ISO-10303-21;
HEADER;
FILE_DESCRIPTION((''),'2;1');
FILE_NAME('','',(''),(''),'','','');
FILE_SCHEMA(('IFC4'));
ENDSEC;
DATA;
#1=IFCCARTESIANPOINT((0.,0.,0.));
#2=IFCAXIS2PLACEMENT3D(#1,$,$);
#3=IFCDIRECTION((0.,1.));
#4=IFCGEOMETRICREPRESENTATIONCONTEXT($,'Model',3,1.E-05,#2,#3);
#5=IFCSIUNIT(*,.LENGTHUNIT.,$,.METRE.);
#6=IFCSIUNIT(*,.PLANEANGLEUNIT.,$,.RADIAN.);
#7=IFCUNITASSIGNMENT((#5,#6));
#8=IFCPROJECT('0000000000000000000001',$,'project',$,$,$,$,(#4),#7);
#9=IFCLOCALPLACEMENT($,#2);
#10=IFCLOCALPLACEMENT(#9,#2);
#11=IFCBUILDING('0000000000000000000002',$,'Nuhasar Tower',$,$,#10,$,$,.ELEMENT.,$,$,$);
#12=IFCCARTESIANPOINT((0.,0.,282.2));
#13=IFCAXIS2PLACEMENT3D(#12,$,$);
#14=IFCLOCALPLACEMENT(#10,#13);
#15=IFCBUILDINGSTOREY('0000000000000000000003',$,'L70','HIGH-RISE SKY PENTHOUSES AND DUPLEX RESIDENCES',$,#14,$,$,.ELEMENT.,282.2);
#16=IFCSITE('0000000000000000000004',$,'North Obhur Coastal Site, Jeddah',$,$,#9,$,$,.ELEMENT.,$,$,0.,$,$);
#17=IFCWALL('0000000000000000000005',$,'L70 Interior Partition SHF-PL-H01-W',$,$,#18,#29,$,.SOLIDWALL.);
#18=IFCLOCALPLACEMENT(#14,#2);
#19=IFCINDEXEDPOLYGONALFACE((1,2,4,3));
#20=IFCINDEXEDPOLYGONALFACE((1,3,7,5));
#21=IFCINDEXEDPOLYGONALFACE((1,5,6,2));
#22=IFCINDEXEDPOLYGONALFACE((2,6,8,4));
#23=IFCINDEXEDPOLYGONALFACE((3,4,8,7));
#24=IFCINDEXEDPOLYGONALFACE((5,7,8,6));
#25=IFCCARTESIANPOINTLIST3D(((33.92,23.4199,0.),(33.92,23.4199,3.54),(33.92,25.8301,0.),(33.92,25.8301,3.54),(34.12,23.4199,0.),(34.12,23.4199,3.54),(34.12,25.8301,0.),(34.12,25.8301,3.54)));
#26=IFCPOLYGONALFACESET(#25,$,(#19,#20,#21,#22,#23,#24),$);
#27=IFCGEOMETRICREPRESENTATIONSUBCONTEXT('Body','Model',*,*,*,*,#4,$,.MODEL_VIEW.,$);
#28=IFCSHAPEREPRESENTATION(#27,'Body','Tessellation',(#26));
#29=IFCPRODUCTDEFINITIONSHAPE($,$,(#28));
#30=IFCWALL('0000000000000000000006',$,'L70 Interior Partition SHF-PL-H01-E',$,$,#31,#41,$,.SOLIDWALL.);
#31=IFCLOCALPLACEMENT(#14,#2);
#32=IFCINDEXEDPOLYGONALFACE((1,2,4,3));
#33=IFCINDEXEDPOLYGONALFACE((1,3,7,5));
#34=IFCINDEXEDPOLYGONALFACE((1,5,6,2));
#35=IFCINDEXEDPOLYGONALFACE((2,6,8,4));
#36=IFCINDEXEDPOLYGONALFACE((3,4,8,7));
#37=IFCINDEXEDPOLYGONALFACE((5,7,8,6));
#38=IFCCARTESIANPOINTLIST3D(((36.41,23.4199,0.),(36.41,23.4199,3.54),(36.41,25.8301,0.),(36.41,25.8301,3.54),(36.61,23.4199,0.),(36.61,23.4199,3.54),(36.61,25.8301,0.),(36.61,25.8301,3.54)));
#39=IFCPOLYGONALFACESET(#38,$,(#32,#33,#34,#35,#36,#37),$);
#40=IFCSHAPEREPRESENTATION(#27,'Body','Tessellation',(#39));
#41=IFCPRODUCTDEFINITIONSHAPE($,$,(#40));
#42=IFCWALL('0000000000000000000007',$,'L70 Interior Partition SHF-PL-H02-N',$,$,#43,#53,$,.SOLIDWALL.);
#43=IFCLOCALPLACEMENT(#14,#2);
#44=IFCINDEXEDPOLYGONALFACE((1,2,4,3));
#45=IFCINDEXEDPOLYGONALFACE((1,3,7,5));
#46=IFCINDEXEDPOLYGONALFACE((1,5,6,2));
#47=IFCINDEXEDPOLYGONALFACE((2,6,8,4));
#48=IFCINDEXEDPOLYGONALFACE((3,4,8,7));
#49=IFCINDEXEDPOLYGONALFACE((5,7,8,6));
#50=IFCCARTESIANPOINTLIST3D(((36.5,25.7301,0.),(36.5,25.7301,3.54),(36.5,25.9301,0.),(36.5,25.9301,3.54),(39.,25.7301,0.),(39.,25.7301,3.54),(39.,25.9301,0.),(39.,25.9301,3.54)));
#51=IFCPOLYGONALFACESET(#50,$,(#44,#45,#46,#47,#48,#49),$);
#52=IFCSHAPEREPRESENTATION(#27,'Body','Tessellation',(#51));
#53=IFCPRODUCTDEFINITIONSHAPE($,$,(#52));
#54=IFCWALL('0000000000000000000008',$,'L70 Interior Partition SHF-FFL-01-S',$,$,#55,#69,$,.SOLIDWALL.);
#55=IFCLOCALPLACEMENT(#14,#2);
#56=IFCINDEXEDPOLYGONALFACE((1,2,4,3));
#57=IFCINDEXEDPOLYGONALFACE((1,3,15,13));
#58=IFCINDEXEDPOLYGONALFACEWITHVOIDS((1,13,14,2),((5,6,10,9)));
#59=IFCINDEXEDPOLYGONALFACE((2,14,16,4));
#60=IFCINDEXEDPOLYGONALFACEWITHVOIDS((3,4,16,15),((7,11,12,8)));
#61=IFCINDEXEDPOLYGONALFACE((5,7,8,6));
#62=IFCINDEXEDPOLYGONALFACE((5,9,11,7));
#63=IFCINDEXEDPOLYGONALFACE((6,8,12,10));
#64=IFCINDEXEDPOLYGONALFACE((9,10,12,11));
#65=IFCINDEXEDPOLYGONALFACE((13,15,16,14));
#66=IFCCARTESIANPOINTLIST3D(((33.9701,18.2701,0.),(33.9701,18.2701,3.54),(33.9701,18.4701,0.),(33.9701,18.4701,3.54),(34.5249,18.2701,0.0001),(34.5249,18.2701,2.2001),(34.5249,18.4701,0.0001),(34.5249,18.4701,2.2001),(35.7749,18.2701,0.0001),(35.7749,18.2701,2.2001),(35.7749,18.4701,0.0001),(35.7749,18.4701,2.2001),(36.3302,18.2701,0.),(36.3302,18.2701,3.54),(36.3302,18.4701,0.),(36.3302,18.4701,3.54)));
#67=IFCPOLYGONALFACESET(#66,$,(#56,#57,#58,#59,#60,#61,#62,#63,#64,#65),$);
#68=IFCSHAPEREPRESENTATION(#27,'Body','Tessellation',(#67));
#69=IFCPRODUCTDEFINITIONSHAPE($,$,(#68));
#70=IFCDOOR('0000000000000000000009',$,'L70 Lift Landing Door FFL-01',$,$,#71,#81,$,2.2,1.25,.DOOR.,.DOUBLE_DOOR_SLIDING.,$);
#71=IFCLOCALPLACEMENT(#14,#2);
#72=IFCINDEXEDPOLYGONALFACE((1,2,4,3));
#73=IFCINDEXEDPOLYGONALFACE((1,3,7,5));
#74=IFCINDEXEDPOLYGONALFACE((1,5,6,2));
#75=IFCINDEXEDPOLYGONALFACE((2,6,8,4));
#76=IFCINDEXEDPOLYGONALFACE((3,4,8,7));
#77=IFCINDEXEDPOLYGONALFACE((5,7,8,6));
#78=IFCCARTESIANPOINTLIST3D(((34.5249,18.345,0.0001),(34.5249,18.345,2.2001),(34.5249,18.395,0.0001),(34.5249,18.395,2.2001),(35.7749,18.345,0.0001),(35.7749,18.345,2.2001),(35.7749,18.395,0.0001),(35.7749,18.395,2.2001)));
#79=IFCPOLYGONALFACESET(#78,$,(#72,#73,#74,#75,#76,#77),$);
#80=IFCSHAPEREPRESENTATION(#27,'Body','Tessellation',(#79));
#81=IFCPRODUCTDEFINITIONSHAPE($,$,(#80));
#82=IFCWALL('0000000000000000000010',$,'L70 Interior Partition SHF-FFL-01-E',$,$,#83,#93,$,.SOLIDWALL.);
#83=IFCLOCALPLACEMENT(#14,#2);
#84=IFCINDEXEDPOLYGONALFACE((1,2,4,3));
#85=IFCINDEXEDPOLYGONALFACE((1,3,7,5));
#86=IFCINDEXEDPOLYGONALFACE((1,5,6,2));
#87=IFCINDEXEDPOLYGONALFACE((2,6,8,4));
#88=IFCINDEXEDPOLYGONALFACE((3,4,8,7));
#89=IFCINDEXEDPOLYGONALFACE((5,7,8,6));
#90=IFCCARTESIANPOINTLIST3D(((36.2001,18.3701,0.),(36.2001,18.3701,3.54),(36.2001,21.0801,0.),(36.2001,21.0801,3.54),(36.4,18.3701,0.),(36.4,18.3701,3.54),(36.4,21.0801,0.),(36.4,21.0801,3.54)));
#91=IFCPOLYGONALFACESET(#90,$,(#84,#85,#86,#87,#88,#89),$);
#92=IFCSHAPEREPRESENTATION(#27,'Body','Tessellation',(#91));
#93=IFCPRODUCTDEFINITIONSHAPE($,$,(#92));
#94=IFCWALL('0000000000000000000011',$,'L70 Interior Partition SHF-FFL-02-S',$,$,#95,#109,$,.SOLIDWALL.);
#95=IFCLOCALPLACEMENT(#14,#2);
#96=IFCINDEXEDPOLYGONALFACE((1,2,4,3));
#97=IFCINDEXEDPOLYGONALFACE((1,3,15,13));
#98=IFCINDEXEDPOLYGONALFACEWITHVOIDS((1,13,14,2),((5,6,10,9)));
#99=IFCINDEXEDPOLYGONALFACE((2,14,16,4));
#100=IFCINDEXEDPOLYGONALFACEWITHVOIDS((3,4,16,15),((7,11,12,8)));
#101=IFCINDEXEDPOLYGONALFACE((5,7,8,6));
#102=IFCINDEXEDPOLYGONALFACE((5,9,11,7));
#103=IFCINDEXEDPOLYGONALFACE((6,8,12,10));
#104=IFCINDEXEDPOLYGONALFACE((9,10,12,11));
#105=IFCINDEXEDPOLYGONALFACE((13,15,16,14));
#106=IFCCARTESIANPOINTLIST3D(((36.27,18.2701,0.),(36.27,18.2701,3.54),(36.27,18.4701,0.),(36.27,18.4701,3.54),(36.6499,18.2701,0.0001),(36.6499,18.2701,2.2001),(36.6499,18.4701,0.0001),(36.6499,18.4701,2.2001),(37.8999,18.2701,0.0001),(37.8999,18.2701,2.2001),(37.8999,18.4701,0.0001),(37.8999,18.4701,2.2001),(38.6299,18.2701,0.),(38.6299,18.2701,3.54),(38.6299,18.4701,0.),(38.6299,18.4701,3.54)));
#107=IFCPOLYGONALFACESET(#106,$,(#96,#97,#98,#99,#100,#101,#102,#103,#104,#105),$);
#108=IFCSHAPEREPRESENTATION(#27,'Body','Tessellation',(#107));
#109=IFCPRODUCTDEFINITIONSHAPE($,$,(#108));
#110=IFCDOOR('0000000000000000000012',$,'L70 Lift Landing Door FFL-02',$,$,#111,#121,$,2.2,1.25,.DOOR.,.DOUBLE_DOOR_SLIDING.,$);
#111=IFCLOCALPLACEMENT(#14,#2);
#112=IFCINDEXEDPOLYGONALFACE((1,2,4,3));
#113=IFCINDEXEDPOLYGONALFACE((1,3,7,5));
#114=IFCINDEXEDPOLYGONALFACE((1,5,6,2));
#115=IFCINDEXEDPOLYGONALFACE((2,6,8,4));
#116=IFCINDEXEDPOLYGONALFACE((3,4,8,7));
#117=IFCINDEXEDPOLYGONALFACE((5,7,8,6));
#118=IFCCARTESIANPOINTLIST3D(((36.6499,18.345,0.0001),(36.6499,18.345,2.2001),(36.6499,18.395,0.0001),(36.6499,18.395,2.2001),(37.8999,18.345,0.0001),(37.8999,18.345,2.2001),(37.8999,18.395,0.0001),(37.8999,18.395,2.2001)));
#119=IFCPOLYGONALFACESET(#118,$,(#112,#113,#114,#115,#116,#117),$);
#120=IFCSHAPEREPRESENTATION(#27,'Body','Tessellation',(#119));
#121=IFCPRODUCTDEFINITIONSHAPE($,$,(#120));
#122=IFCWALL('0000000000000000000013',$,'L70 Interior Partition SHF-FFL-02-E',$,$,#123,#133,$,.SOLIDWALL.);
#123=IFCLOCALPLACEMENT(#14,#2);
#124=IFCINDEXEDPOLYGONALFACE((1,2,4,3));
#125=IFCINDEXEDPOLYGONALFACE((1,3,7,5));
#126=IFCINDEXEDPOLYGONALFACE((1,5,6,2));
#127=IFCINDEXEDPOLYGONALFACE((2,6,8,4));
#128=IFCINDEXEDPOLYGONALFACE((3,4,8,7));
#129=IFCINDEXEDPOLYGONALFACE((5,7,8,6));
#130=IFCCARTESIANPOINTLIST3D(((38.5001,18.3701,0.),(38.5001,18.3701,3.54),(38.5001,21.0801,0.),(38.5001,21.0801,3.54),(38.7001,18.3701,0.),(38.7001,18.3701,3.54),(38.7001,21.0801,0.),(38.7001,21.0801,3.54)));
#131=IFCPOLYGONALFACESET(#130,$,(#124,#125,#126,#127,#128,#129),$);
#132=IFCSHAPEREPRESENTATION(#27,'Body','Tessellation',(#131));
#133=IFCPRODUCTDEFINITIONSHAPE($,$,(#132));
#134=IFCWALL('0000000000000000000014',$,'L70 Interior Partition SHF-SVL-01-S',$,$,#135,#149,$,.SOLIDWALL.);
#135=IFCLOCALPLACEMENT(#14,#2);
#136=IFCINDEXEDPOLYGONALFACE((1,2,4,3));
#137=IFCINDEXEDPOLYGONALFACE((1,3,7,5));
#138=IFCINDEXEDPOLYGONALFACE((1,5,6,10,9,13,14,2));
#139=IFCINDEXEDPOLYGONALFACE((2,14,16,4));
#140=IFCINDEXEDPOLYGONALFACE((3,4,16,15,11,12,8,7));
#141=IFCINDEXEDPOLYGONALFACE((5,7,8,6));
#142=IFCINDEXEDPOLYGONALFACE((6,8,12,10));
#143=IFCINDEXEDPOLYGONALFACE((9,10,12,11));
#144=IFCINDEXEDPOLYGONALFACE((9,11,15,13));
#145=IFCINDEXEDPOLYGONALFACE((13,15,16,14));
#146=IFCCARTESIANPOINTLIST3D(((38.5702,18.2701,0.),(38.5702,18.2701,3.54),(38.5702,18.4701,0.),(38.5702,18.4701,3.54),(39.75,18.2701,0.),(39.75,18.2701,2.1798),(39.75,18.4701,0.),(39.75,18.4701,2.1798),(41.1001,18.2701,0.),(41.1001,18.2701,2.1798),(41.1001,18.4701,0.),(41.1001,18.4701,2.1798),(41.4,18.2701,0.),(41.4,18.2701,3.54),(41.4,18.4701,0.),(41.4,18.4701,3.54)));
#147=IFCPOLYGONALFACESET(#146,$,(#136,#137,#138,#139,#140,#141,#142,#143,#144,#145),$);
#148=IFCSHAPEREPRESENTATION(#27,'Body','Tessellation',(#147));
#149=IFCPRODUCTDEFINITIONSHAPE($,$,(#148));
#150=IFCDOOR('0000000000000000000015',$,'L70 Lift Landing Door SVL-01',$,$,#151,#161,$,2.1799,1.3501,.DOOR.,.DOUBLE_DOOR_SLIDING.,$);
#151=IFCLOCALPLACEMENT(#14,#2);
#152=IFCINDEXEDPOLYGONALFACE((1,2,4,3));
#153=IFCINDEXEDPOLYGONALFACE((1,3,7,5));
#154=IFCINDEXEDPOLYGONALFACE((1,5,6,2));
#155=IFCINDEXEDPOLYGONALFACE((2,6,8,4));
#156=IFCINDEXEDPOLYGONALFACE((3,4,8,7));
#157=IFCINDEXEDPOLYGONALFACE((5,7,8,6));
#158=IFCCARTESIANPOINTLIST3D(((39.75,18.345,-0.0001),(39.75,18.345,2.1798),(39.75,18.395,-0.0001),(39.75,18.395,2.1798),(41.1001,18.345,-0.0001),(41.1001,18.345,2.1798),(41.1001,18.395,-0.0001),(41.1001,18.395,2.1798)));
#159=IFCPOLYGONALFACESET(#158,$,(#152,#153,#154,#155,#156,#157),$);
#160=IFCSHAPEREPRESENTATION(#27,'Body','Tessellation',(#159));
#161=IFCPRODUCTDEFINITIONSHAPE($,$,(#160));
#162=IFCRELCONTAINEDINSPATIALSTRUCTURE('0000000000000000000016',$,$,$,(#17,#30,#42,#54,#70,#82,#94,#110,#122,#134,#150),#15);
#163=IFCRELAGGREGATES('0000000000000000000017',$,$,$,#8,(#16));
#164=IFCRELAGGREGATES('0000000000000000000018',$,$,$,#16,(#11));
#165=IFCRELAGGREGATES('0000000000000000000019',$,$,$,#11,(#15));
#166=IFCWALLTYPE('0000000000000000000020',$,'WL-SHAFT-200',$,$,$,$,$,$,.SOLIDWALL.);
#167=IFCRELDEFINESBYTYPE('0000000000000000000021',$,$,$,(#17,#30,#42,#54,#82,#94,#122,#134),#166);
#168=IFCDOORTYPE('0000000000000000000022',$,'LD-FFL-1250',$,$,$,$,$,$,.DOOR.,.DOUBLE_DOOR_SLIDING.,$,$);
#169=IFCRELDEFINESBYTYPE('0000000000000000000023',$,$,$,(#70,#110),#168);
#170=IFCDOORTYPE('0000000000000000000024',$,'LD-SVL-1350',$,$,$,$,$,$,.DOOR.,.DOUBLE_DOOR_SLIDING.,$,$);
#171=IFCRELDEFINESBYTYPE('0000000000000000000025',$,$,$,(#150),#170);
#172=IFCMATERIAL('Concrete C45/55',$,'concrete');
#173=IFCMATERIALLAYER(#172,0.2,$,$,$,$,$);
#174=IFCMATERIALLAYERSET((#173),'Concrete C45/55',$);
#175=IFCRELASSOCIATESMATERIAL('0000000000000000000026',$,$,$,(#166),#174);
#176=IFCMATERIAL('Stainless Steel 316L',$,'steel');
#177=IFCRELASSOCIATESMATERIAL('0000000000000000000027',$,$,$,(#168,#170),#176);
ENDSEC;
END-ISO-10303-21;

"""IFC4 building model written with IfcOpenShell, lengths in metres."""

from ifc_helpers import new_model, si_unit, direction, frame, frame_2d, origin, place, context, subcontext, project, spatial, rectangle, extrude, material, layer, layer_set, type_object, element, fill, save


model = new_model("IFC4")

# Units and contexts
model_context = context("Model", 3, precision=1e-05, world=origin(), true_north=direction((0.0, 1.0)))
body_context = subcontext(model_context, "Body", "Model", "MODEL_VIEW")
ifc_project = project(units=[si_unit("LENGTHUNIT", "METRE"), si_unit("PLANEANGLEUNIT", "RADIAN")], contexts=[model_context])

# Site, building, storey
site_placement = place(None, origin())
site = spatial("IfcSite", under=ifc_project, at=site_placement, Name="North Obhur Coastal Site, Jeddah", CompositionType="ELEMENT", RefElevation=0.0)
building_placement = place(site_placement, origin())
building = spatial("IfcBuilding", under=site, at=building_placement, Name="Nuhasar Tower", CompositionType="ELEMENT")
storey_placement = place(building_placement, frame((0.0, 0.0, 282.2)))
storey = spatial("IfcBuildingStorey", under=building, at=storey_placement, Name="L70", Description="HIGH-RISE SKY PENTHOUSES AND DUPLEX RESIDENCES", CompositionType="ELEMENT", Elevation=282.2)

# Shared definitions
ifc_material_1 = material(Name="Concrete C45/55", Category="concrete")

# Shared definitions
ifc_layer_1 = layer(ifc_material_1, 0.2)
ifc_layer_set_1 = layer_set([ifc_layer_1], Name="Concrete C45/55")
wall_type_1 = type_object("IfcWallType", Name="WL-SHAFT-200", PredefinedType="SOLIDWALL", material=ifc_layer_set_1)
ifc_material_2 = material(Name="Stainless Steel 316L", Category="steel")

# Walls
for number, where, z_axis, x_axis, name in (
    (1, (34.02, 23.4199, 0.0), (0.0, 0.0, 1.0), (0.0, 1.0, 0.0), "L70 Interior Partition SHF-PL-H01-W"),
    (2, (36.51, 23.4199, 0.0), (0.0, 0.0, 1.0), (0.0, 1.0, 0.0), "L70 Interior Partition SHF-PL-H01-E"),
):
    element("IfcWall", number, at=place(storey_placement, frame(where, z_axis=z_axis, x_axis=x_axis)), inside=storey, type_object=wall_type_1, Name=name, PredefinedType="SOLIDWALL", context=body_context, shape_type="SweptSolid", body=[
        extrude(rectangle(XDim=2.4102, YDim=0.2, at=frame_2d((1.2051, 0.0))), origin(), (0.0, 0.0, 1.0), 3.54),
    ])

# Wall
wall_1_placement = place(storey_placement, frame((36.5, 25.8301, 0.0), z_axis=(0.0, 0.0, 1.0), x_axis=(1.0, 0.0, 0.0)))
element("IfcWall", 3, at=wall_1_placement, inside=storey, type_object=wall_type_1, Name="L70 Interior Partition SHF-PL-H02-N", PredefinedType="SOLIDWALL", context=body_context, shape_type="SweptSolid", body=[
    extrude(rectangle(XDim=2.5, YDim=0.2, at=frame_2d((1.25, 0.0))), origin(), (0.0, 0.0, 1.0), 3.54),
])

# Wall, opening, door
wall_2_placement = place(storey_placement, frame((33.97, 18.3701, 0.0), z_axis=(0.0, 0.0, 1.0), x_axis=(1.0, 0.0, 0.0)))
wall_2 = element("IfcWall", 4, at=wall_2_placement, inside=storey, type_object=wall_type_1, Name="L70 Interior Partition SHF-FFL-01-S", PredefinedType="SOLIDWALL", context=body_context, shape_type="SweptSolid", body=[
    extrude(rectangle(XDim=2.3601, YDim=0.2, at=frame_2d((1.1802, 0.0))), origin(), (0.0, 0.0, 1.0), 3.54),
])
opening_1_placement = place(wall_2_placement, frame((0.5549, 0.0, 0.0)))
opening_1 = element("IfcOpeningElement", 5, at=opening_1_placement, cuts=wall_2, PredefinedType="OPENING", context=body_context, shape_type="SweptSolid", body=[
    extrude(rectangle(XDim=1.25, YDim=2.2, at=frame_2d((0.625, 1.1001))), frame((0.0, 0.1099, 0.0), z_axis=(0.0, -1.0, 0.0), x_axis=(1.0, 0.0, 0.0)), (0.0, 0.0, 1.0), 0.22),
])
door_type_1 = type_object("IfcDoorType", Name="LD-FFL-1250", OperationType="DOUBLE_DOOR_SLIDING", PredefinedType="DOOR", material=ifc_material_2)
door_1_placement = place(opening_1_placement, origin())
door_1 = element("IfcDoor", 6, at=door_1_placement, inside=storey, type_object=door_type_1, Name="L70 Lift Landing Door FFL-01", OperationType="DOUBLE_DOOR_SLIDING", OverallHeight=2.2, OverallWidth=1.25, PredefinedType="DOOR", context=body_context, shape_type="SweptSolid", body=[
    extrude(rectangle(XDim=1.25, YDim=2.2, at=frame_2d((0.625, 1.1001))), frame((0.0, 0.0249, 0.0), z_axis=(0.0, -1.0, 0.0), x_axis=(1.0, 0.0, 0.0)), (0.0, 0.0, 1.0), 0.05),
])
fill(opening_1, door_1)

# Wall
wall_3_placement = place(storey_placement, frame((36.3, 18.3701, 0.0), z_axis=(0.0, 0.0, 1.0), x_axis=(0.0, 1.0, 0.0)))
element("IfcWall", 7, at=wall_3_placement, inside=storey, type_object=wall_type_1, Name="L70 Interior Partition SHF-FFL-01-E", PredefinedType="SOLIDWALL", context=body_context, shape_type="SweptSolid", body=[
    extrude(rectangle(XDim=2.71, YDim=0.2, at=frame_2d((1.355, 0.0))), origin(), (0.0, 0.0, 1.0), 3.54),
])

# Wall, opening, door
wall_4_placement = place(storey_placement, frame((36.27, 18.3701, 0.0), z_axis=(0.0, 0.0, 1.0), x_axis=(1.0, 0.0, 0.0)))
wall_4 = element("IfcWall", 8, at=wall_4_placement, inside=storey, type_object=wall_type_1, Name="L70 Interior Partition SHF-FFL-02-S", PredefinedType="SOLIDWALL", context=body_context, shape_type="SweptSolid", body=[
    extrude(rectangle(XDim=2.3599, YDim=0.2, at=frame_2d((1.1799, 0.0))), origin(), (0.0, 0.0, 1.0), 3.54),
])
opening_2_placement = place(wall_4_placement, frame((0.3799, 0.0, 0.0)))
opening_2 = element("IfcOpeningElement", 9, at=opening_2_placement, cuts=wall_4, PredefinedType="OPENING", context=body_context, shape_type="SweptSolid", body=[
    extrude(rectangle(XDim=1.25, YDim=2.2, at=frame_2d((0.625, 1.1001))), frame((0.0, 0.1099, 0.0), z_axis=(0.0, -1.0, 0.0), x_axis=(1.0, 0.0, 0.0)), (0.0, 0.0, 1.0), 0.22),
])
door_2_placement = place(opening_2_placement, origin())
door_2 = element("IfcDoor", 10, at=door_2_placement, inside=storey, type_object=door_type_1, Name="L70 Lift Landing Door FFL-02", OperationType="DOUBLE_DOOR_SLIDING", OverallHeight=2.2, OverallWidth=1.25, PredefinedType="DOOR", context=body_context, shape_type="SweptSolid", body=[
    extrude(rectangle(XDim=1.25, YDim=2.2, at=frame_2d((0.625, 1.1001))), frame((0.0, 0.0249, 0.0), z_axis=(0.0, -1.0, 0.0), x_axis=(1.0, 0.0, 0.0)), (0.0, 0.0, 1.0), 0.05),
])
fill(opening_2, door_2)

# Wall
wall_5_placement = place(storey_placement, frame((38.6001, 18.3701, 0.0), z_axis=(0.0, 0.0, 1.0), x_axis=(0.0, 1.0, 0.0)))
element("IfcWall", 11, at=wall_5_placement, inside=storey, type_object=wall_type_1, Name="L70 Interior Partition SHF-FFL-02-E", PredefinedType="SOLIDWALL", context=body_context, shape_type="SweptSolid", body=[
    extrude(rectangle(XDim=2.71, YDim=0.2, at=frame_2d((1.355, 0.0))), origin(), (0.0, 0.0, 1.0), 3.54),
])

# Wall, opening, door
wall_6_placement = place(storey_placement, frame((38.5701, 18.3701, 0.0), z_axis=(0.0, 0.0, 1.0), x_axis=(1.0, 0.0, 0.0)))
wall_6 = element("IfcWall", 12, at=wall_6_placement, inside=storey, type_object=wall_type_1, Name="L70 Interior Partition SHF-SVL-01-S", PredefinedType="SOLIDWALL", context=body_context, shape_type="SweptSolid", body=[
    extrude(rectangle(XDim=2.8298, YDim=0.2, at=frame_2d((1.415, 0.0))), origin(), (0.0, 0.0, 1.0), 3.54),
])
opening_3_placement = place(wall_6_placement, frame((1.1799, 0.0, 0.0)))
opening_3 = element("IfcOpeningElement", 13, at=opening_3_placement, cuts=wall_6, PredefinedType="OPENING", context=body_context, shape_type="SweptSolid", body=[
    extrude(rectangle(XDim=1.3501, YDim=2.1799, at=frame_2d((0.675, 1.0898))), frame((0.0, 0.1099, 0.0), z_axis=(0.0, -1.0, 0.0), x_axis=(1.0, 0.0, 0.0)), (0.0, 0.0, 1.0), 0.22),
])
door_type_2 = type_object("IfcDoorType", Name="LD-SVL-1350", OperationType="DOUBLE_DOOR_SLIDING", PredefinedType="DOOR", material=ifc_material_2)
door_3_placement = place(opening_3_placement, origin())
door_3 = element("IfcDoor", 14, at=door_3_placement, inside=storey, type_object=door_type_2, Name="L70 Lift Landing Door SVL-01", OperationType="DOUBLE_DOOR_SLIDING", OverallHeight=2.1799, OverallWidth=1.3501, PredefinedType="DOOR", context=body_context, shape_type="SweptSolid", body=[
    extrude(rectangle(XDim=1.3501, YDim=2.1799, at=frame_2d((0.675, 1.0898))), frame((0.0, 0.0249, 0.0), z_axis=(0.0, -1.0, 0.0), x_axis=(1.0, 0.0, 0.0)), (0.0, 0.0, 1.0), 0.05),
])
fill(opening_3, door_3)

save(model, "model.ifc")
